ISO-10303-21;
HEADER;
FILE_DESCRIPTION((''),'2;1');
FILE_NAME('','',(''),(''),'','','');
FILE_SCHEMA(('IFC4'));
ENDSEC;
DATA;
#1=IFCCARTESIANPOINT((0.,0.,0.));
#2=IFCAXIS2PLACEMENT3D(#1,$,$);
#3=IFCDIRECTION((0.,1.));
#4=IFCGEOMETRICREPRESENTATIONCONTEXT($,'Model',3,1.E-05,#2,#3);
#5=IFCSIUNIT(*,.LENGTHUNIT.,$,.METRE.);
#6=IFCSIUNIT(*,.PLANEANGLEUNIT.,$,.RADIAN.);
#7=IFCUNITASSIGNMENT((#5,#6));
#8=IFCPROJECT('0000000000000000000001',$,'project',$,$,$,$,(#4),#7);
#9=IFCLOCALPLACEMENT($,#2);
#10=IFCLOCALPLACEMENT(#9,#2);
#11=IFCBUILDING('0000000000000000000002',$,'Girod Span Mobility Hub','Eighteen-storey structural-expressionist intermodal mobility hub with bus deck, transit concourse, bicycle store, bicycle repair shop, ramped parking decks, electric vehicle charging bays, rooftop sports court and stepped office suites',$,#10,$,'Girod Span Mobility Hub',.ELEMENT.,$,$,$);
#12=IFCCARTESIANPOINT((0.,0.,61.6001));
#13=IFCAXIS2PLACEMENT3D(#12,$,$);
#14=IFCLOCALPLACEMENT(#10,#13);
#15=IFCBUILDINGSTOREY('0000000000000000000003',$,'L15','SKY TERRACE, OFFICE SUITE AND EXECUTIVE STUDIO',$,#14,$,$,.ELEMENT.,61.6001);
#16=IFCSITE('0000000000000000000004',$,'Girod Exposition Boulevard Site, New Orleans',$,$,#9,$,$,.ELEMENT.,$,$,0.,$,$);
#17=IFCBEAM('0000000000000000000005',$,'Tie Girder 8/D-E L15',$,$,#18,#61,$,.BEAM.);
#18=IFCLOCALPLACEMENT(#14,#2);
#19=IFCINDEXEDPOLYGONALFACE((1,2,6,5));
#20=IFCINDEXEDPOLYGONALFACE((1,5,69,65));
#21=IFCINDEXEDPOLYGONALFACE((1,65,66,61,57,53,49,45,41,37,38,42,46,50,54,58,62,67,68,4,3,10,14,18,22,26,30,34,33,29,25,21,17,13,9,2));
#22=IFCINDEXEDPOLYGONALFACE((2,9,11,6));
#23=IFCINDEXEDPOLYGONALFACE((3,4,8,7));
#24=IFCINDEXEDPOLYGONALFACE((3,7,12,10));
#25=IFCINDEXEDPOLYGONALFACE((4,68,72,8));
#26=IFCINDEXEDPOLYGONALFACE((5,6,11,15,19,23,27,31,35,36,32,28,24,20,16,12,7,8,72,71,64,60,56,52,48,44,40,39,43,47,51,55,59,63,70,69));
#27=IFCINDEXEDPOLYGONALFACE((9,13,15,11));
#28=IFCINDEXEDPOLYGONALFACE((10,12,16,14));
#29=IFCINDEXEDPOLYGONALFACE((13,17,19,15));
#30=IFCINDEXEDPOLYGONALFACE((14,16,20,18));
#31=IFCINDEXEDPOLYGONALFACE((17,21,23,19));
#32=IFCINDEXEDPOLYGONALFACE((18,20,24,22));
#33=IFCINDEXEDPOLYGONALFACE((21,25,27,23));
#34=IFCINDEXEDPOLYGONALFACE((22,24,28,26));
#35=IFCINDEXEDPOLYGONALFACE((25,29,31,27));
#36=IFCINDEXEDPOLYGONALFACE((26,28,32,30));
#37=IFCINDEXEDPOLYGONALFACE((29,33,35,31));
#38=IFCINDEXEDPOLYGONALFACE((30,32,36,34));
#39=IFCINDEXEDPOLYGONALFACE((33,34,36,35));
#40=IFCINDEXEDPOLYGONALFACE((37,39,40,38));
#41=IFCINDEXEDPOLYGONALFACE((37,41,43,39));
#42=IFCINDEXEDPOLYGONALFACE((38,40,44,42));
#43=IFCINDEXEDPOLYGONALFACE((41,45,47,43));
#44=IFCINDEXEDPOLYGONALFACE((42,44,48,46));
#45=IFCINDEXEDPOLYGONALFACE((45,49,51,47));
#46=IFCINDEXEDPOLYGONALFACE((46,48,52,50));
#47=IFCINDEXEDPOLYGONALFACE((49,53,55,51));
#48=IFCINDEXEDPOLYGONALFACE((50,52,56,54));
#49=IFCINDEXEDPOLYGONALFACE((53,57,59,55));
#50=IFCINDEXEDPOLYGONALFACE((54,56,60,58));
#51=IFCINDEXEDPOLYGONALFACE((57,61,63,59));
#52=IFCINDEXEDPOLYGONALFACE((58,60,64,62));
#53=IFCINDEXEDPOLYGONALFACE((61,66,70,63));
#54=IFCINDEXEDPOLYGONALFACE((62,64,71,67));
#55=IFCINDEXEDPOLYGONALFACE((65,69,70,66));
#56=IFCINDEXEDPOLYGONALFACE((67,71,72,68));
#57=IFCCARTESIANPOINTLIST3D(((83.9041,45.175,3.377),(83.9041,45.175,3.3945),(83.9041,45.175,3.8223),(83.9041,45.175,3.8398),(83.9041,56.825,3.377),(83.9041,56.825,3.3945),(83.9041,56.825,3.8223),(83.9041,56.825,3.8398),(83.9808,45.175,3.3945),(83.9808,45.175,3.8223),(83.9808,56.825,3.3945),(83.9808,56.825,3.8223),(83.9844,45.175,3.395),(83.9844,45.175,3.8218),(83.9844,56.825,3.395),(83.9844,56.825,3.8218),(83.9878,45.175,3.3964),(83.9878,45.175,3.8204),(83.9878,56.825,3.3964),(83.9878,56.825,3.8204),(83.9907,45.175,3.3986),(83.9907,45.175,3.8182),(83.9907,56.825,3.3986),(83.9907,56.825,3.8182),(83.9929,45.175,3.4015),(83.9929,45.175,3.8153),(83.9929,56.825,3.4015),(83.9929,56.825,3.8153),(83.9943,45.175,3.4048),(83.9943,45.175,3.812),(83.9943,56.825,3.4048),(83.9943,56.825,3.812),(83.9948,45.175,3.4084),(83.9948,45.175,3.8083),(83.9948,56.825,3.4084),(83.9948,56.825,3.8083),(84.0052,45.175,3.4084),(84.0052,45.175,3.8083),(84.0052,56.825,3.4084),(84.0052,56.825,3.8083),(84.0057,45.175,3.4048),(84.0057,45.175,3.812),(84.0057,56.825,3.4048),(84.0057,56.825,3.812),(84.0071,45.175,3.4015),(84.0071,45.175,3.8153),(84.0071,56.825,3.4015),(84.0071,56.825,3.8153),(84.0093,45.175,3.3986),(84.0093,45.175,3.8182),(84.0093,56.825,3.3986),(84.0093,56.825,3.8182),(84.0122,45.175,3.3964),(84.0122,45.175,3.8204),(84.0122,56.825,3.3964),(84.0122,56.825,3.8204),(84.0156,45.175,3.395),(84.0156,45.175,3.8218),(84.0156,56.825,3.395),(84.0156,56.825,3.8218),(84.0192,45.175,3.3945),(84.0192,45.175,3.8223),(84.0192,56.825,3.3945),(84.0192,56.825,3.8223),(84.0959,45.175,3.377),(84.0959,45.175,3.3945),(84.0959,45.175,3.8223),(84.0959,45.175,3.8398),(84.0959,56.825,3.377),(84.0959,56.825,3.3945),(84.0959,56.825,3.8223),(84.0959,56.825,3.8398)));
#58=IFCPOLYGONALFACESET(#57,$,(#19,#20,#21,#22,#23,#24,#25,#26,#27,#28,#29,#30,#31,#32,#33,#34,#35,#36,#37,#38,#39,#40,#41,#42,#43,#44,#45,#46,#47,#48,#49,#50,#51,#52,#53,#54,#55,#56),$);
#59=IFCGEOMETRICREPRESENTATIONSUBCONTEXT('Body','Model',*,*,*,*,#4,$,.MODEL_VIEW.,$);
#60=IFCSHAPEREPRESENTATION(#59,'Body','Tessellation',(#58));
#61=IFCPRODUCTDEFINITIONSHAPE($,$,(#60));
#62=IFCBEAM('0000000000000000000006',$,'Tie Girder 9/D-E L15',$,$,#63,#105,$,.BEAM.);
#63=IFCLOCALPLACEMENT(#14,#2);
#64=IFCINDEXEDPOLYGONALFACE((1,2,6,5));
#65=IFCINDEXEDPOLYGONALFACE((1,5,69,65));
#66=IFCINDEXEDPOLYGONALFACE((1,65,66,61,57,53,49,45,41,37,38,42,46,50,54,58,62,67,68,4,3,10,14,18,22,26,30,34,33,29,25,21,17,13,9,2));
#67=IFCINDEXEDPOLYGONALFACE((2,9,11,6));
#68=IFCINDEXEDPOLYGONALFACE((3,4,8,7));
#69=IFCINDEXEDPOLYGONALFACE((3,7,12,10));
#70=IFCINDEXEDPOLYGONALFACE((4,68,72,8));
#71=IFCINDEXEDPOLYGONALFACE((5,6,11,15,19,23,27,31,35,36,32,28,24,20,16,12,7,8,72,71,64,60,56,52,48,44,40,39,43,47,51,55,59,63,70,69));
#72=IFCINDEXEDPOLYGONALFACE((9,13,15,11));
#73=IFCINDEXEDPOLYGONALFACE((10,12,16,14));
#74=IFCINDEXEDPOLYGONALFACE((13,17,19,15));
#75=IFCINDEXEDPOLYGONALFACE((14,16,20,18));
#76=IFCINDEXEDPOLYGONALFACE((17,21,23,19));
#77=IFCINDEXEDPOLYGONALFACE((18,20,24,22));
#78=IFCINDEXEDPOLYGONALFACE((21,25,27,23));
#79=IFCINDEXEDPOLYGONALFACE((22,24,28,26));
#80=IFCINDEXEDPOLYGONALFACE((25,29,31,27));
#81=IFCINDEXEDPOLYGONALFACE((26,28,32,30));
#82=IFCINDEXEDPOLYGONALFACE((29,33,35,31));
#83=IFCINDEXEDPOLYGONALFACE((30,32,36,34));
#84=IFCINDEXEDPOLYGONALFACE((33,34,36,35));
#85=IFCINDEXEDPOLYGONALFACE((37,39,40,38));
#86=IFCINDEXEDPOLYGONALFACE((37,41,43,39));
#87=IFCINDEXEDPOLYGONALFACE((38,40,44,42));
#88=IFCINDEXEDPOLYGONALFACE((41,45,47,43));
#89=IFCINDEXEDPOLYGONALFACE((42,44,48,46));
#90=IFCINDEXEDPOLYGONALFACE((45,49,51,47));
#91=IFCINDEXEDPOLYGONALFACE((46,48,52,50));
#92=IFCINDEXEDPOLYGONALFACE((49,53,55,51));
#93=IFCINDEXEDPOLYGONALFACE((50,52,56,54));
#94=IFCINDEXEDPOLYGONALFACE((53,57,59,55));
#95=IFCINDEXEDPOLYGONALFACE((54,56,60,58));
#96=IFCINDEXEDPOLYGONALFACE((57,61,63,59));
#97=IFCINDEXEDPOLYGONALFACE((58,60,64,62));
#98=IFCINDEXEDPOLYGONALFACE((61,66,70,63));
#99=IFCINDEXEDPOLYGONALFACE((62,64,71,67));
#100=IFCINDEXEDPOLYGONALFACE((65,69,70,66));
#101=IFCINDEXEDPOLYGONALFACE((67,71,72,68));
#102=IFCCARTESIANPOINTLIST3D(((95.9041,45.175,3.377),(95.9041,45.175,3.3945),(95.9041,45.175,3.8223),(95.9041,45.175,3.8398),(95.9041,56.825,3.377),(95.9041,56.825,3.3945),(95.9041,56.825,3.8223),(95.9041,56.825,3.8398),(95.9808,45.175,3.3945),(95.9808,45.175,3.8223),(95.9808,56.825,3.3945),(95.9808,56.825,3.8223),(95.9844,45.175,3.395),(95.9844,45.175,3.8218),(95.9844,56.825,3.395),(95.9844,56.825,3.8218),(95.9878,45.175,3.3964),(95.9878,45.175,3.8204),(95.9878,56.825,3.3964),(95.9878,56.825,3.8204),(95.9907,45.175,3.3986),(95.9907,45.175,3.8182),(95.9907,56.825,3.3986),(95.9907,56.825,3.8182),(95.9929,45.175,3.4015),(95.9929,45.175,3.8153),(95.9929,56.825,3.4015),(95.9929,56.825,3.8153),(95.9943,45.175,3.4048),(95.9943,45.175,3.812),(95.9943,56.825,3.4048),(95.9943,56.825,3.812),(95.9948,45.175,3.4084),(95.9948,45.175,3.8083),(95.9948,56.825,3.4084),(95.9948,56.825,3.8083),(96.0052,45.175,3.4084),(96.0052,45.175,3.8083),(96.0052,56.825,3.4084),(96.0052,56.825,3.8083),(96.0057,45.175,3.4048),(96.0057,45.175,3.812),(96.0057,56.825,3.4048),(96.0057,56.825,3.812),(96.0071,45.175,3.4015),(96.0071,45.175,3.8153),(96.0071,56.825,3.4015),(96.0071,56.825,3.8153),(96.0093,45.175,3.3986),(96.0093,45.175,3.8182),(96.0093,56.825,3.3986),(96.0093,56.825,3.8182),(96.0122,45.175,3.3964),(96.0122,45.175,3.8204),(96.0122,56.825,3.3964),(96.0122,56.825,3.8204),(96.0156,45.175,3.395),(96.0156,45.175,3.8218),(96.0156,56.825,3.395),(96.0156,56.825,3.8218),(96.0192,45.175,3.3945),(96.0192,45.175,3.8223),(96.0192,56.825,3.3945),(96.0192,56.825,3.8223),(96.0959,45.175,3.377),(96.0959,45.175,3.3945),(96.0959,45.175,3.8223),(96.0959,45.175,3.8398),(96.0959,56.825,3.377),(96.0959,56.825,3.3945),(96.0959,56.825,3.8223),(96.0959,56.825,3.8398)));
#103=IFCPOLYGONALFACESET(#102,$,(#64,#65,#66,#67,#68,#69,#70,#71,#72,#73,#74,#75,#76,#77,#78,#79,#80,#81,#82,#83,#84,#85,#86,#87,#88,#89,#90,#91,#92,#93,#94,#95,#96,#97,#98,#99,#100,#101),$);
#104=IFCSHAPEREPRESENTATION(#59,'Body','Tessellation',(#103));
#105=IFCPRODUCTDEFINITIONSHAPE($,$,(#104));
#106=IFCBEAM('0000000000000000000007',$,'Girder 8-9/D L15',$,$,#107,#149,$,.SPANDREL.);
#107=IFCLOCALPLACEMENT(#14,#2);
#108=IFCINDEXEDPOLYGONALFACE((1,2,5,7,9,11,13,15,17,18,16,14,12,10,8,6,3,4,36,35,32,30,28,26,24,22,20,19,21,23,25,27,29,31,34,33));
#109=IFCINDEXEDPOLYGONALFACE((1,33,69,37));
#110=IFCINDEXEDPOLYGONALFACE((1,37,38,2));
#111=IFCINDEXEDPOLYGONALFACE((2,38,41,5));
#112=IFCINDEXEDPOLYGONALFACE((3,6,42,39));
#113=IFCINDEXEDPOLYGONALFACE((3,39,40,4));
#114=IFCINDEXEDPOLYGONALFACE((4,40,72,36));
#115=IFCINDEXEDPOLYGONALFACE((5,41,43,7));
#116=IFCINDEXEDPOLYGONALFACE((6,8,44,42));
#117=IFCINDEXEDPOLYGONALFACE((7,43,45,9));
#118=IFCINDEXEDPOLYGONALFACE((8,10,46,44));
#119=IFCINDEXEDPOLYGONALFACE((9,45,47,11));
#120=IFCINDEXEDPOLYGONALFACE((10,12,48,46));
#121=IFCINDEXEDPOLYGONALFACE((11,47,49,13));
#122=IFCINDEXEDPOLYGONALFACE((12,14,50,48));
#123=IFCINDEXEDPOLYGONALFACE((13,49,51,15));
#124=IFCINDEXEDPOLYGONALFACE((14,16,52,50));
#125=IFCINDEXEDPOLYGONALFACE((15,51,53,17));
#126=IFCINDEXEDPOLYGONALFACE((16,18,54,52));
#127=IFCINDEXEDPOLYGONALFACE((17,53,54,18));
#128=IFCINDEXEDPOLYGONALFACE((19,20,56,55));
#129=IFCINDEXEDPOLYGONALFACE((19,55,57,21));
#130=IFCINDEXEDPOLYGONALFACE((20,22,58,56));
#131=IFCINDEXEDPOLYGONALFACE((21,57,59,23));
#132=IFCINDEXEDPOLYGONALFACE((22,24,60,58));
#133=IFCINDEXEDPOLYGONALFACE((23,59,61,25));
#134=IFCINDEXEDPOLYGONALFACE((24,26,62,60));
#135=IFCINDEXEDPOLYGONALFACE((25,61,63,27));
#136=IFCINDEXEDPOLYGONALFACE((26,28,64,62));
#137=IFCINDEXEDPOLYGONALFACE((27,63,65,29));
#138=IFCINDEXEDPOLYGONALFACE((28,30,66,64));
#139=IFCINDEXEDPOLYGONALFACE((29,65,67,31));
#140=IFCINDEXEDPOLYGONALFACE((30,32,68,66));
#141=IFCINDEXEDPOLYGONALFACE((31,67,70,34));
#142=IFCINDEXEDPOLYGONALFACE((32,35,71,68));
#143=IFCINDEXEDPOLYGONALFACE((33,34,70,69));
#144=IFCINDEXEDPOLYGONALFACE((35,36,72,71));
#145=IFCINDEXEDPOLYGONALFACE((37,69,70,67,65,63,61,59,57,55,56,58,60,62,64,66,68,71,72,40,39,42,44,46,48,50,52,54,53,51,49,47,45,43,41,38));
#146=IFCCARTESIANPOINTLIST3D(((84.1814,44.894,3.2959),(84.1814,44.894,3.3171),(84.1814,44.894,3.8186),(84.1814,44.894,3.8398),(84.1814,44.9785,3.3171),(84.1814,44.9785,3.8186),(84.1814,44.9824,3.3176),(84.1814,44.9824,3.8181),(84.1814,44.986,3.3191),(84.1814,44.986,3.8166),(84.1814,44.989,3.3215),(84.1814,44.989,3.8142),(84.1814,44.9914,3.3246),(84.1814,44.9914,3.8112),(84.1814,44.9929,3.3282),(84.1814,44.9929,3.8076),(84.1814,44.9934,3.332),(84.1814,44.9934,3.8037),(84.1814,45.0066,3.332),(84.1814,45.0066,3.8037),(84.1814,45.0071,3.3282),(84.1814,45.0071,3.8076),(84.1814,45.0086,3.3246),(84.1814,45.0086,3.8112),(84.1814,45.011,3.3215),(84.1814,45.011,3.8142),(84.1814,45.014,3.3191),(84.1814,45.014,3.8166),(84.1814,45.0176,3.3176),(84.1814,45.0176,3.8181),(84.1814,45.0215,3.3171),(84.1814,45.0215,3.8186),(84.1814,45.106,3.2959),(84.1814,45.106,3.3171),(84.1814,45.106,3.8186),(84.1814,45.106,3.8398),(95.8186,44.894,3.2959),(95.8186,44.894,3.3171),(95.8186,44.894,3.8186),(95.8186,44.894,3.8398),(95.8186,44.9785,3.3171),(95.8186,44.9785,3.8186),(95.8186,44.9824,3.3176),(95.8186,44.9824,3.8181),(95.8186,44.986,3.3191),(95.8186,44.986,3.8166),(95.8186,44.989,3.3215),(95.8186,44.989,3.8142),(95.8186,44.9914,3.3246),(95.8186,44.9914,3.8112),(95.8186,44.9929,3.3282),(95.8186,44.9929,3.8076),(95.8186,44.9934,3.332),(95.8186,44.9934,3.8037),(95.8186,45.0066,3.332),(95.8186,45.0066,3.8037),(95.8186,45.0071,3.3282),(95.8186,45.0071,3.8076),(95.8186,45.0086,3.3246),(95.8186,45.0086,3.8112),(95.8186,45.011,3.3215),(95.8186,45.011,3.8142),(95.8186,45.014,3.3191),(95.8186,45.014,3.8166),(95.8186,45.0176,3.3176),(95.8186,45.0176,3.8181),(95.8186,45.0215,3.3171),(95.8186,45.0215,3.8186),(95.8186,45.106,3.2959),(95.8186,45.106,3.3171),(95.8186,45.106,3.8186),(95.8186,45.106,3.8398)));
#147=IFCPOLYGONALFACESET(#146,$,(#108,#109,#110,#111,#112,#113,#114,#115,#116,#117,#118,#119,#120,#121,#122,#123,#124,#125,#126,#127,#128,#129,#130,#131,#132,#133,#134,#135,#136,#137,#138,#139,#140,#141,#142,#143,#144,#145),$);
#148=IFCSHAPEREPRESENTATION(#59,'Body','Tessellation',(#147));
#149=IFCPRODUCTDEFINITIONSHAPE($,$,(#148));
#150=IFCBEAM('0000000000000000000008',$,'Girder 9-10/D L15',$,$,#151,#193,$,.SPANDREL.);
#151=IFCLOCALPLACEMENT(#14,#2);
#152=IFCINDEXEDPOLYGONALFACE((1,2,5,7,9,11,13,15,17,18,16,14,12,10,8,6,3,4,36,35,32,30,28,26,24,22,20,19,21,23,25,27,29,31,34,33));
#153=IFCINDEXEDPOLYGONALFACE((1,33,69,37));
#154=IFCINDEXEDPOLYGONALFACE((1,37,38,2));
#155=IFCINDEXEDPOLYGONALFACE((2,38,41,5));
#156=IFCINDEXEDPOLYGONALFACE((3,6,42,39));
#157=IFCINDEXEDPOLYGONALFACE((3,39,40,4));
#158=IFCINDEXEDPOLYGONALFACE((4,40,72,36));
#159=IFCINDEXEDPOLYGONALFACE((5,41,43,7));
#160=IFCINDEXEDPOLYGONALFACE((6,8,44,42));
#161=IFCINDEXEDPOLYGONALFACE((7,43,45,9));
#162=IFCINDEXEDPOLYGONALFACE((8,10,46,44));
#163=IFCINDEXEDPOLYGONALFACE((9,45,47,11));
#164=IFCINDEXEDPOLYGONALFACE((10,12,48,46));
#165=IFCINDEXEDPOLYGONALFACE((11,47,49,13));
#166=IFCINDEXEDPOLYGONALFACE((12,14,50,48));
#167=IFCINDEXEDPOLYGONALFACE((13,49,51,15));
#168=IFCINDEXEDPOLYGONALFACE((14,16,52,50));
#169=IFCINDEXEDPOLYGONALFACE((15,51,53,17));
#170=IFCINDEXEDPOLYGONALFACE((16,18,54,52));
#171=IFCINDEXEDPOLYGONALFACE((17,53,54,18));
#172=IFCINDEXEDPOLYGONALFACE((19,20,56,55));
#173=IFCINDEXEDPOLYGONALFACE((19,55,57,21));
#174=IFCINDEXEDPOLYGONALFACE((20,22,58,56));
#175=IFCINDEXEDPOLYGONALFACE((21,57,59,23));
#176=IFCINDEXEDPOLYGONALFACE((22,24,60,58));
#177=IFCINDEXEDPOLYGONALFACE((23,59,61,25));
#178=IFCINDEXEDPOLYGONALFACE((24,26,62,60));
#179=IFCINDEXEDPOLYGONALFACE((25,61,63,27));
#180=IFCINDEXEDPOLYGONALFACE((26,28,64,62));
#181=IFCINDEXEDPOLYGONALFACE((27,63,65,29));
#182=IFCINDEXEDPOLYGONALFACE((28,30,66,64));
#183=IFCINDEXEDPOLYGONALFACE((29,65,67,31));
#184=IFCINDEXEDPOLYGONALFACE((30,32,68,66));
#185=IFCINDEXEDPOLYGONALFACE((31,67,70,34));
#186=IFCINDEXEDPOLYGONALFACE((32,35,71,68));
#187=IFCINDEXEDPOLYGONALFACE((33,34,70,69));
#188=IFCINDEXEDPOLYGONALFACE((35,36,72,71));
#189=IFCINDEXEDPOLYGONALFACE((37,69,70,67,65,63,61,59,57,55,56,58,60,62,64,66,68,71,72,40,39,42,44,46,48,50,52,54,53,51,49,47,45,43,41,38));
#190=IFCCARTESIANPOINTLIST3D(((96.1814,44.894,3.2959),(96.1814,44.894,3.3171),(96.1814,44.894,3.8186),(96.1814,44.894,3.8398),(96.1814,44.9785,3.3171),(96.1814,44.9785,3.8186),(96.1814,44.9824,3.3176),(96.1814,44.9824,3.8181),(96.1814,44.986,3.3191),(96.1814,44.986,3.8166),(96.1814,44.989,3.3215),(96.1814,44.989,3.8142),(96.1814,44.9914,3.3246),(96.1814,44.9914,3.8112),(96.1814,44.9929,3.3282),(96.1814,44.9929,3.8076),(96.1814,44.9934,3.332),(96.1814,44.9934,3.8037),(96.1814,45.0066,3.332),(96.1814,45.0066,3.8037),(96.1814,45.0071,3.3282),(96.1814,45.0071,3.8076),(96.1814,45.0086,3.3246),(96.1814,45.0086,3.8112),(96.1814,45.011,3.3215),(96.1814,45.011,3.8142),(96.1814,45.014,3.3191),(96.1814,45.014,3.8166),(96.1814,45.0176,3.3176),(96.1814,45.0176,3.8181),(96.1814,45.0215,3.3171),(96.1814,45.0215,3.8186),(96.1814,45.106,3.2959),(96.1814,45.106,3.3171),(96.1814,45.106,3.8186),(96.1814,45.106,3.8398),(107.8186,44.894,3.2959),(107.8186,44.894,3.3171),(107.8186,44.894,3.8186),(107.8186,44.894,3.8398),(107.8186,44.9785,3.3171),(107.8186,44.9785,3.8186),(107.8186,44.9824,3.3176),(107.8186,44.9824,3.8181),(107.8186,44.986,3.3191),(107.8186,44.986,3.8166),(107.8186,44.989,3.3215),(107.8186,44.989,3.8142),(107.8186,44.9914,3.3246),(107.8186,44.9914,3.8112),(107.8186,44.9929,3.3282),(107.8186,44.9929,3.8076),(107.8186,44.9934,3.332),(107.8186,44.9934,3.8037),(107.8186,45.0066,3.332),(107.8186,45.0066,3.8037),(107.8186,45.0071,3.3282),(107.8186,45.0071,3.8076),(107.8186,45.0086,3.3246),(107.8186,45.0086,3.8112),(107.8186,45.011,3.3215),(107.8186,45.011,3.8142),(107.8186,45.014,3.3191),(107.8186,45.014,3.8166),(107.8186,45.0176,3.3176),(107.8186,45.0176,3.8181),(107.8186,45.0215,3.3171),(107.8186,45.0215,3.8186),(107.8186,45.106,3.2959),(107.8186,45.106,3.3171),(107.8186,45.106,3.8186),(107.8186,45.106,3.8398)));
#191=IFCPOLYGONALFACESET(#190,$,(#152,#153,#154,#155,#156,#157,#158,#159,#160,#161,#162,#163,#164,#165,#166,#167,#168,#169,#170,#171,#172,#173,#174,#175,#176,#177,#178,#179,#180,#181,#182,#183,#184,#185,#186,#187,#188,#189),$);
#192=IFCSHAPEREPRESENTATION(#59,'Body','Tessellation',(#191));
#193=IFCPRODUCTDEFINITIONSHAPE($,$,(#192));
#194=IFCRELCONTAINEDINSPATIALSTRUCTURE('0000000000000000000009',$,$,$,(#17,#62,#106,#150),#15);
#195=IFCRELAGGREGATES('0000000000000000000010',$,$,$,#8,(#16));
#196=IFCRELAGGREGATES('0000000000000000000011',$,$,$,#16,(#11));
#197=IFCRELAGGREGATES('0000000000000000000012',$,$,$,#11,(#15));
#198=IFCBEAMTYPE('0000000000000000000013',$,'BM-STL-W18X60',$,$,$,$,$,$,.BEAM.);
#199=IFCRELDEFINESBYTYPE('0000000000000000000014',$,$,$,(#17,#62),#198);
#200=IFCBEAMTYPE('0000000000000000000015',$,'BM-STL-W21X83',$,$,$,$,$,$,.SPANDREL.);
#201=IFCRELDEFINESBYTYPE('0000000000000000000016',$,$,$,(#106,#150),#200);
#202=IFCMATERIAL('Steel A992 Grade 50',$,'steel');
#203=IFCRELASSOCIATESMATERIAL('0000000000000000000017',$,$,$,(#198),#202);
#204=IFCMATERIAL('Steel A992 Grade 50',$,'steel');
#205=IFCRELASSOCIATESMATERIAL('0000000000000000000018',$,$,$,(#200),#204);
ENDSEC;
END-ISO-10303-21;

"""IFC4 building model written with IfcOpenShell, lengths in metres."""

from ifc_helpers import new_model, si_unit, direction, frame, origin, origin_2d, place, context, subcontext, project, spatial, i_section, extrude, material, material_profile, profile_set, type_object, element, save


model = new_model("IFC4")

# Units and contexts
model_context = context("Model", 3, precision=1e-05, world=origin(), true_north=direction((0.0, 1.0)))
body_context = subcontext(model_context, "Body", "Model", "MODEL_VIEW")
ifc_project = project(units=[si_unit("LENGTHUNIT", "METRE"), si_unit("PLANEANGLEUNIT", "RADIAN")], contexts=[model_context])

# Site, building, storey
site_placement = place(None, origin())
site = spatial("IfcSite", under=ifc_project, at=site_placement, Name="Girod Exposition Boulevard Site, New Orleans", CompositionType="ELEMENT", RefElevation=0.0)
building_placement = place(site_placement, origin())
building = spatial("IfcBuilding", under=site, at=building_placement, Name="Girod Span Mobility Hub", Description="Eighteen-storey structural-expressionist intermodal mobility hub with bus deck, transit concourse, bicycle store, bicycle repair shop, ramped parking decks, electric vehicle charging bays, rooftop sports court and stepped office suites", LongName="Girod Span Mobility Hub", CompositionType="ELEMENT")
storey_placement = place(building_placement, frame((0.0, 0.0, 61.6001)))
storey = spatial("IfcBuildingStorey", under=building, at=storey_placement, Name="L15", Description="SKY TERRACE, OFFICE SUITE AND EXECUTIVE STUDIO", CompositionType="ELEMENT", Elevation=61.6001)

# Beams
ifc_material_1 = material(Name="Steel A992 Grade 50", Category="steel")
ifc_material_profile_1 = material_profile(ifc_material_1, i_section(OverallWidth=0.1919, OverallDepth=0.4629, WebThickness=0.0105, FlangeThickness=0.0176, FilletRadius=0.0139, at=origin_2d()), Name="W18X60")
ifc_profile_set_1 = profile_set([ifc_material_profile_1], Name="Steel A992 Grade 50")
beam_type_1 = type_object("IfcBeamType", Name="BM-STL-W18X60", PredefinedType="BEAM", material=ifc_profile_set_1)
for number, where, z_axis, x_axis, name in (
    (1, (84.0, 45.175, 3.6084), (0.0, 1.0, 0.0), (-1.0, 0.0, 0.0), "Tie Girder 8/D-E L15"),
    (2, (96.0, 45.175, 3.6084), (0.0, 1.0, 0.0), (-1.0, 0.0, 0.0), "Tie Girder 9/D-E L15"),
):
    element("IfcBeam", number, at=place(storey_placement, frame(where, z_axis=z_axis, x_axis=x_axis)), inside=storey, type_object=beam_type_1, Name=name, PredefinedType="BEAM", context=body_context, shape_type="SweptSolid", body=[
        extrude(i_section(OverallWidth=0.1919, OverallDepth=0.4629, WebThickness=0.0105, FlangeThickness=0.0176, FilletRadius=0.0139, at=origin_2d()), origin(), (0.0, 0.0, 1.0), 11.6499),
    ])
ifc_material_2 = material(Name="Steel A992 Grade 50", Category="steel")
ifc_material_profile_2 = material_profile(ifc_material_2, i_section(OverallWidth=0.2119, OverallDepth=0.5439, WebThickness=0.0132, FlangeThickness=0.0212, FilletRadius=0.0149, at=origin_2d()), Name="W21X83")
ifc_profile_set_2 = profile_set([ifc_material_profile_2], Name="Steel A992 Grade 50")
beam_type_2 = type_object("IfcBeamType", Name="BM-STL-W21X83", PredefinedType="SPANDREL", material=ifc_profile_set_2)
for number, where, z_axis, x_axis, name in (
    (3, (84.1814, 45.0, 3.5679), (1.0, 0.0, 0.0), (0.0, 1.0, 0.0), "Girder 8-9/D L15"),
    (4, (96.1814, 45.0, 3.5679), (1.0, 0.0, 0.0), (0.0, 1.0, 0.0), "Girder 9-10/D L15"),
):
    element("IfcBeam", number, at=place(storey_placement, frame(where, z_axis=z_axis, x_axis=x_axis)), inside=storey, type_object=beam_type_2, Name=name, PredefinedType="SPANDREL", context=body_context, shape_type="SweptSolid", body=[
        extrude(i_section(OverallWidth=0.2119, OverallDepth=0.5439, WebThickness=0.0132, FlangeThickness=0.0212, FilletRadius=0.0149, at=origin_2d()), origin(), (0.0, 0.0, 1.0), 11.6372),
    ])

save(model, "model.ifc")
